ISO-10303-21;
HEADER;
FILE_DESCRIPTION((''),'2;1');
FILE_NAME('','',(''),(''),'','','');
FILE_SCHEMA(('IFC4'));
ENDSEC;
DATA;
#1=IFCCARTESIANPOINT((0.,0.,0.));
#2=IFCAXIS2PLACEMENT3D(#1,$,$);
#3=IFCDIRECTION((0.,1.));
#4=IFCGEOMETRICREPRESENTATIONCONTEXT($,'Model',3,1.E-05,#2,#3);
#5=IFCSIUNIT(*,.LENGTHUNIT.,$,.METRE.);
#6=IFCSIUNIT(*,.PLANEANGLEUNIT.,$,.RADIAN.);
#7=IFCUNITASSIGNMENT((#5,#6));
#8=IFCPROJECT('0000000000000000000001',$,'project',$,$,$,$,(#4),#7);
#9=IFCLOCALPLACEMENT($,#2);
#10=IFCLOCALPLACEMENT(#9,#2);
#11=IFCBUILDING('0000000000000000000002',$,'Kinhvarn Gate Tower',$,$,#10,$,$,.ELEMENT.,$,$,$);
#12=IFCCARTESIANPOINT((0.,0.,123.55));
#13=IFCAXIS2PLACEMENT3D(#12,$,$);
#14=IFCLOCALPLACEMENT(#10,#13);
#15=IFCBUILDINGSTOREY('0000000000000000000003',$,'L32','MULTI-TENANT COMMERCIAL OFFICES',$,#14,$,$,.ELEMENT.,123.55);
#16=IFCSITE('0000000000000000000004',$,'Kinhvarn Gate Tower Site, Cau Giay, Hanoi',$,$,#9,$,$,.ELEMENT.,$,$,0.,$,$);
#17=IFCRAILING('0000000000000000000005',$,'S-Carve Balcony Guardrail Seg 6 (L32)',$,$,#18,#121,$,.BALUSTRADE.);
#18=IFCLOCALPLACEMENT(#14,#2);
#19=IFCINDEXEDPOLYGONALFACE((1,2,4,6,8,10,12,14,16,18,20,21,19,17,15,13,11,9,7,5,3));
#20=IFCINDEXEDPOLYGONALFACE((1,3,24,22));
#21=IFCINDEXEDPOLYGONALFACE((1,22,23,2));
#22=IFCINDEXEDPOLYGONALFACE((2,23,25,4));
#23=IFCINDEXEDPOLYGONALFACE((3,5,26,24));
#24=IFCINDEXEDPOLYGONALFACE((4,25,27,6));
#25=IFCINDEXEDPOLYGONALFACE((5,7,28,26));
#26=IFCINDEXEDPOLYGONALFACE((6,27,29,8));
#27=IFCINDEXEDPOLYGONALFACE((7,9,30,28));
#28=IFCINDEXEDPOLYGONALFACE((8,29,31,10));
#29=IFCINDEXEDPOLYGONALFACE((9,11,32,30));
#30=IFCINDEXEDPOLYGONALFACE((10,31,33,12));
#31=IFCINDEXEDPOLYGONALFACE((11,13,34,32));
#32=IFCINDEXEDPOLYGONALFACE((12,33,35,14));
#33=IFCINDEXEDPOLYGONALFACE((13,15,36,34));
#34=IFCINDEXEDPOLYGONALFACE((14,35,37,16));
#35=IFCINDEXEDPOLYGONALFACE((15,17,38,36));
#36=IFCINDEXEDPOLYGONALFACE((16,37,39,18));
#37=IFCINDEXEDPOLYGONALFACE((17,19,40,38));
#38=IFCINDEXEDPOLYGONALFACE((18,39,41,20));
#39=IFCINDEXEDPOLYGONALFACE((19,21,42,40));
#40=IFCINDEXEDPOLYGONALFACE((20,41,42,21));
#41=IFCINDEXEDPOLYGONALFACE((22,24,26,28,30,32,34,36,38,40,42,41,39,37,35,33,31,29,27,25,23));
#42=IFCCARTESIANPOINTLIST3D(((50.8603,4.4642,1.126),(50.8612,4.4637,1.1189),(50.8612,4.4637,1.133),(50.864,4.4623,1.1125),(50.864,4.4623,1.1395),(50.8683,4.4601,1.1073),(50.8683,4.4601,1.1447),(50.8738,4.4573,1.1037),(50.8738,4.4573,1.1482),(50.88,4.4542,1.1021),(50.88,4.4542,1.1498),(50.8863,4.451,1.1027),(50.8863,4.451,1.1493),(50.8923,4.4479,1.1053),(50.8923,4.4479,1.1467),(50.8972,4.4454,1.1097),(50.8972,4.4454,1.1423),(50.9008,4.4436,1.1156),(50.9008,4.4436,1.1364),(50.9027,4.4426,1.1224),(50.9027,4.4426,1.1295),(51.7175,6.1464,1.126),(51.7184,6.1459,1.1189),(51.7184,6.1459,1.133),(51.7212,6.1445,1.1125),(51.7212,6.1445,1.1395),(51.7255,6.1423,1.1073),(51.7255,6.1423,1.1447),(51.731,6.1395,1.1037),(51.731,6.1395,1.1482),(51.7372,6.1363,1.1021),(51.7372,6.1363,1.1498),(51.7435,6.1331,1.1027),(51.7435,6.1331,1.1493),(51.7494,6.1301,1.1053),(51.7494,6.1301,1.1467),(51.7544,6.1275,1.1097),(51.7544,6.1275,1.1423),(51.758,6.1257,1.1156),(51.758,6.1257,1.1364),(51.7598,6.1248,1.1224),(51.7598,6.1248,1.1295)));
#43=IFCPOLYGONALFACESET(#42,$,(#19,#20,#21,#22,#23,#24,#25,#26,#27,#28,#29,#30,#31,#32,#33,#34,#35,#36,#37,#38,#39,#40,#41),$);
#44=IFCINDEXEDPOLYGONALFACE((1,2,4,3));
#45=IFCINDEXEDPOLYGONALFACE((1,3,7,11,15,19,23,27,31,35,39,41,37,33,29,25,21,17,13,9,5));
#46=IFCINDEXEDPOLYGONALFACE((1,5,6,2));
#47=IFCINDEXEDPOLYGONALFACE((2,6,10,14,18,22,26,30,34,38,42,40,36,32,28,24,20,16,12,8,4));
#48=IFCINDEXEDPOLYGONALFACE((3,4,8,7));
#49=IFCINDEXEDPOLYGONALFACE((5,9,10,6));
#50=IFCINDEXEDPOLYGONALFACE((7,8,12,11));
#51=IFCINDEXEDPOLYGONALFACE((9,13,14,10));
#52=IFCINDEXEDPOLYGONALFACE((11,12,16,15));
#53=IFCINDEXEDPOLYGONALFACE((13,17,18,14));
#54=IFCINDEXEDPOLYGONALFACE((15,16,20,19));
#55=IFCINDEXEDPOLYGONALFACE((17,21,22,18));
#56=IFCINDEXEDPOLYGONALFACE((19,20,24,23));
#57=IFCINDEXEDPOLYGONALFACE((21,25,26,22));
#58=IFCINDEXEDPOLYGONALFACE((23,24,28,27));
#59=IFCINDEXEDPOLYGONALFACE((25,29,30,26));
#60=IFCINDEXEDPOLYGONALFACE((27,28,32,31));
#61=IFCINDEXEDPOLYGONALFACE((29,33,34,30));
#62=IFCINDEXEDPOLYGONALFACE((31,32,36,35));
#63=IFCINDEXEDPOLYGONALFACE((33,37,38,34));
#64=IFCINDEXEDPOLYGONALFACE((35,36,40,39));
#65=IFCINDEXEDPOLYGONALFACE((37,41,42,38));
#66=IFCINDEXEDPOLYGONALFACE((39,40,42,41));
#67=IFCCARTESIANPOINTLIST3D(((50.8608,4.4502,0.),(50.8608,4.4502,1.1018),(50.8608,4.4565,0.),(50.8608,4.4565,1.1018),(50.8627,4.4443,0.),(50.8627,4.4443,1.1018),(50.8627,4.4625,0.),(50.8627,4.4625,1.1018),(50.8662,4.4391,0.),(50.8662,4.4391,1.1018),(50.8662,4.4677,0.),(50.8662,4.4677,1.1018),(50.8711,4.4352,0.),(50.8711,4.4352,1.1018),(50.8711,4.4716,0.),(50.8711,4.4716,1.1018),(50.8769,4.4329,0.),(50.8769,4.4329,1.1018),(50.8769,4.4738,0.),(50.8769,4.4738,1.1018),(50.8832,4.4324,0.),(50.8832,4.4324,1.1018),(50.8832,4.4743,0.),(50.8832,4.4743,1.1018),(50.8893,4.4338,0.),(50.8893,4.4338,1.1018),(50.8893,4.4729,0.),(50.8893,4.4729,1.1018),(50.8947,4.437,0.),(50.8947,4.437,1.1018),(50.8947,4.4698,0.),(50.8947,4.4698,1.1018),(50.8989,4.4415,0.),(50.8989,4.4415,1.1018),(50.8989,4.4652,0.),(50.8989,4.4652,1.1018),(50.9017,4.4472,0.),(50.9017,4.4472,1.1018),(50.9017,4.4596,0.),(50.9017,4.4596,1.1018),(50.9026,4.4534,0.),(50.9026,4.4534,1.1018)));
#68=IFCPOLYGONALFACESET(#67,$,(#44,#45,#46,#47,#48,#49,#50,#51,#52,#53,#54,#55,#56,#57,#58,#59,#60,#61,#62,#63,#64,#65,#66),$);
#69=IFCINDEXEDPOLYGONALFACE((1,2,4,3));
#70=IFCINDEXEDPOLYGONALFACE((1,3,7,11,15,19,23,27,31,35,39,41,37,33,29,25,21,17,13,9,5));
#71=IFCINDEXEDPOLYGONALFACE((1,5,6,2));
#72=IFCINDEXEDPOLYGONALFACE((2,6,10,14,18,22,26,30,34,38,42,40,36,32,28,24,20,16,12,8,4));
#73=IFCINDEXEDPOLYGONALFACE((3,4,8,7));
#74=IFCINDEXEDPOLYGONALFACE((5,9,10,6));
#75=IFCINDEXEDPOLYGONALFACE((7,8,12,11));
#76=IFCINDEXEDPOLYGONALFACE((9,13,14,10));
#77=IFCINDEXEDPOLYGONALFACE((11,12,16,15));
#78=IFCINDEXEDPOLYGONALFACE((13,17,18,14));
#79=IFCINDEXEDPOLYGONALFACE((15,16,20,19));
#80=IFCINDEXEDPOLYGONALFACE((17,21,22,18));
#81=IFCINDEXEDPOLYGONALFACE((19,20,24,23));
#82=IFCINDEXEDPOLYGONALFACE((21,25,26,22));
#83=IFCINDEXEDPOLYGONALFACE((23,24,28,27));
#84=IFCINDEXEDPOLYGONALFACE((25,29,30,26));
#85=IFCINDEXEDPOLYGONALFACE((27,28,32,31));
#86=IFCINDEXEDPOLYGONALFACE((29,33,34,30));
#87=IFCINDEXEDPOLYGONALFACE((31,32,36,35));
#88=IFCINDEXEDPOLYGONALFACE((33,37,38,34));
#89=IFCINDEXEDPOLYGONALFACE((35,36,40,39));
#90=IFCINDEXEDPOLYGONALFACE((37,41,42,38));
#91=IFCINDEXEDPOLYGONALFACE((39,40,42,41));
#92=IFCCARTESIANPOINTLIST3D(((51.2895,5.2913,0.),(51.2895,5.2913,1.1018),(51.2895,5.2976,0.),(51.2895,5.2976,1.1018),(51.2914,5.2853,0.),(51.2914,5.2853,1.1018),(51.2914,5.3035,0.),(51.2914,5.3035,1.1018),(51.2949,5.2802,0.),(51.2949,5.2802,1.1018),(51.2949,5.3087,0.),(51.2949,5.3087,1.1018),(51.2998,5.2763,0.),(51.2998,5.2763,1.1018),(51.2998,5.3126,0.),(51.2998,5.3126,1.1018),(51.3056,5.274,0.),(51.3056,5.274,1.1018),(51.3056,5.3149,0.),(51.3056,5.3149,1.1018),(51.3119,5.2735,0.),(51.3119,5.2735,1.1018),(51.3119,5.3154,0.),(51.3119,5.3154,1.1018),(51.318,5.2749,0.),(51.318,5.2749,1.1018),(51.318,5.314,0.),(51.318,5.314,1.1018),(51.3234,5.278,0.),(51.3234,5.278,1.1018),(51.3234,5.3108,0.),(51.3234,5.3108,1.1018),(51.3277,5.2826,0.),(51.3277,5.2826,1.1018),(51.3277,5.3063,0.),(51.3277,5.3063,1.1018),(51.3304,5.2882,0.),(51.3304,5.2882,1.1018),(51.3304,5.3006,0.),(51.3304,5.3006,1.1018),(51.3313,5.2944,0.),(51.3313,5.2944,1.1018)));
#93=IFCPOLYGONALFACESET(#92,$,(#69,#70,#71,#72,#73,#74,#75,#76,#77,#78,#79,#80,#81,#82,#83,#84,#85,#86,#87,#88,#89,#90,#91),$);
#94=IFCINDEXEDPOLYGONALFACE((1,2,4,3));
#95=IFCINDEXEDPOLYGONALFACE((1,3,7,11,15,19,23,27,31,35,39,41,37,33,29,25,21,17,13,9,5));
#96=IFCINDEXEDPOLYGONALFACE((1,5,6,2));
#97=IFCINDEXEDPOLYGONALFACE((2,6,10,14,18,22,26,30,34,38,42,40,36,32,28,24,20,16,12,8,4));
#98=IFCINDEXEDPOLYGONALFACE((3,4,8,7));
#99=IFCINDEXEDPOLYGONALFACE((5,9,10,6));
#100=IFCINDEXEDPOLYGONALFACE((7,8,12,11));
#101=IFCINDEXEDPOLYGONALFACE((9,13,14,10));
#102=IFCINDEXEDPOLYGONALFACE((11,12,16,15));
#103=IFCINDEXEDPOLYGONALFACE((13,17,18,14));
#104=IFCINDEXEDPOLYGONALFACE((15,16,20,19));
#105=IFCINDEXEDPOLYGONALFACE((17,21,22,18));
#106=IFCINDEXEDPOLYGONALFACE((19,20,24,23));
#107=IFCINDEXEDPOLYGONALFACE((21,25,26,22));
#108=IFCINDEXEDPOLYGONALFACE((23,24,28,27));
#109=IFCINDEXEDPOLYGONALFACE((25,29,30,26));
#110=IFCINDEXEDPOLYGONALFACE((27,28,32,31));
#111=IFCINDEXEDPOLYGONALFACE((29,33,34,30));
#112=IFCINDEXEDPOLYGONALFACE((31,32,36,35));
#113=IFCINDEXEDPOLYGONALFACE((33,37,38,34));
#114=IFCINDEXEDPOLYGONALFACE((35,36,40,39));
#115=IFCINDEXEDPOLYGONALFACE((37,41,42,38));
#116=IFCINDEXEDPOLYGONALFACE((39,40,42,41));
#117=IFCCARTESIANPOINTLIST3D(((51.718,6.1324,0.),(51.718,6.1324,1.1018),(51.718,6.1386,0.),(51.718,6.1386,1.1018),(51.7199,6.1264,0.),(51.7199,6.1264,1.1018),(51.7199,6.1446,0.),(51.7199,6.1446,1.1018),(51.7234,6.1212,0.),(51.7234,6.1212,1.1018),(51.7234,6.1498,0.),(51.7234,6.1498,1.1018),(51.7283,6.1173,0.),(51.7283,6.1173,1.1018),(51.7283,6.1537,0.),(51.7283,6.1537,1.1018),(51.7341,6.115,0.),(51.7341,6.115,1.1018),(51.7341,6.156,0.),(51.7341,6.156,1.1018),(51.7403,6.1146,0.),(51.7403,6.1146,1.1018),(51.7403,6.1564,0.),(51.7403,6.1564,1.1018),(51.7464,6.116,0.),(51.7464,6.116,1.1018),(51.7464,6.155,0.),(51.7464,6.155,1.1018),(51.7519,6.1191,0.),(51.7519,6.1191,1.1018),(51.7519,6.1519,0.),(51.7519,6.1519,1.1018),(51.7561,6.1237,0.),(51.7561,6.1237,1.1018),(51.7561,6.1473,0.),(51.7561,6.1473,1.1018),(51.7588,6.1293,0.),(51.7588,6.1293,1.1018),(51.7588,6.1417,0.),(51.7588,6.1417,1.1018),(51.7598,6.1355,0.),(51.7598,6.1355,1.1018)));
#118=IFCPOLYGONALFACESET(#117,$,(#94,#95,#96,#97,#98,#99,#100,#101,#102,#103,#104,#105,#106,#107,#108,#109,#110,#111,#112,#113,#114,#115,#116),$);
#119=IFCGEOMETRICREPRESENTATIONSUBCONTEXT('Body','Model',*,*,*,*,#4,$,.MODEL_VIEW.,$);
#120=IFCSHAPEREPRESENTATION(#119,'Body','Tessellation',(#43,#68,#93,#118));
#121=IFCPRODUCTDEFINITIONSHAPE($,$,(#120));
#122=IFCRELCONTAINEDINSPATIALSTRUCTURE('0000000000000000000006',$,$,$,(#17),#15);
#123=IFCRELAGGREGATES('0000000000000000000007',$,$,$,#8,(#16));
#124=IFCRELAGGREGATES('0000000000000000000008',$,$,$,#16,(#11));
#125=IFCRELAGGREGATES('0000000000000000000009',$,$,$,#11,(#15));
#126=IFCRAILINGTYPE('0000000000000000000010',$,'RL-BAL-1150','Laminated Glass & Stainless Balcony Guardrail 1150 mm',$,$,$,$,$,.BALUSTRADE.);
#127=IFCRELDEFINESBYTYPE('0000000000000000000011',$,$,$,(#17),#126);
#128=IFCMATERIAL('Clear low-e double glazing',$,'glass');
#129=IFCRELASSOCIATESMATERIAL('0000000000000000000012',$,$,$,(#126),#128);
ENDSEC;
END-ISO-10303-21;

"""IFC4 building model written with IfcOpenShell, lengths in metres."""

from ifc_helpers import new_model, si_unit, direction, frame, origin, origin_2d, place, context, subcontext, project, spatial, circle, extrude, material, type_object, element, save


model = new_model("IFC4")

# Units and contexts
model_context = context("Model", 3, precision=1e-05, world=origin(), true_north=direction((0.0, 1.0)))
body_context = subcontext(model_context, "Body", "Model", "MODEL_VIEW")
ifc_project = project(units=[si_unit("LENGTHUNIT", "METRE"), si_unit("PLANEANGLEUNIT", "RADIAN")], contexts=[model_context])

# Site, building, storey
site_placement = place(None, origin())
site = spatial("IfcSite", under=ifc_project, at=site_placement, Name="Kinhvarn Gate Tower Site, Cau Giay, Hanoi", CompositionType="ELEMENT", RefElevation=0.0)
building_placement = place(site_placement, origin())
building = spatial("IfcBuilding", under=site, at=building_placement, Name="Kinhvarn Gate Tower", CompositionType="ELEMENT")
storey_placement = place(building_placement, frame((0.0, 0.0, 123.55)))
storey = spatial("IfcBuildingStorey", under=building, at=storey_placement, Name="L32", Description="MULTI-TENANT COMMERCIAL OFFICES", CompositionType="ELEMENT", Elevation=123.55)

# Shared definitions
ifc_material_1 = material(Name="Clear low-e double glazing", Category="glass")

# Railing
railing_type = type_object("IfcRailingType", Name="RL-BAL-1150", Description="Laminated Glass & Stainless Balcony Guardrail 1150 mm", PredefinedType="BALUSTRADE", material=ifc_material_1)
railing_1_placement = place(storey_placement, frame((50.8816, 4.4534, 0.0)))
element("IfcRailing", 1, at=railing_1_placement, inside=storey, type_object=railing_type, Name="S-Carve Balcony Guardrail Seg 6 (L32)", PredefinedType="BALUSTRADE", context=body_context, shape_type="SweptSolid", body=[
    extrude(circle(Radius=0.0239, at=origin_2d()), frame((0.0, 0.0, 1.126), z_axis=(0.454028, 0.890987, 0.0), x_axis=(-0.890987, 0.454028, 0.0)), (0.0, 0.0, 1.0), 1.8879),
    extrude(circle(Radius=0.021, at=origin_2d()), origin(), (0.0, 0.0, 1.0), 1.1018),
    extrude(circle(Radius=0.021, at=origin_2d()), frame((0.4287, 0.8411, 0.0)), (0.0, 0.0, 1.0), 1.1018),
    extrude(circle(Radius=0.021, at=origin_2d()), frame((0.8572, 1.6821, 0.0)), (0.0, 0.0, 1.0), 1.1018),
])

save(model, "model.ifc")
